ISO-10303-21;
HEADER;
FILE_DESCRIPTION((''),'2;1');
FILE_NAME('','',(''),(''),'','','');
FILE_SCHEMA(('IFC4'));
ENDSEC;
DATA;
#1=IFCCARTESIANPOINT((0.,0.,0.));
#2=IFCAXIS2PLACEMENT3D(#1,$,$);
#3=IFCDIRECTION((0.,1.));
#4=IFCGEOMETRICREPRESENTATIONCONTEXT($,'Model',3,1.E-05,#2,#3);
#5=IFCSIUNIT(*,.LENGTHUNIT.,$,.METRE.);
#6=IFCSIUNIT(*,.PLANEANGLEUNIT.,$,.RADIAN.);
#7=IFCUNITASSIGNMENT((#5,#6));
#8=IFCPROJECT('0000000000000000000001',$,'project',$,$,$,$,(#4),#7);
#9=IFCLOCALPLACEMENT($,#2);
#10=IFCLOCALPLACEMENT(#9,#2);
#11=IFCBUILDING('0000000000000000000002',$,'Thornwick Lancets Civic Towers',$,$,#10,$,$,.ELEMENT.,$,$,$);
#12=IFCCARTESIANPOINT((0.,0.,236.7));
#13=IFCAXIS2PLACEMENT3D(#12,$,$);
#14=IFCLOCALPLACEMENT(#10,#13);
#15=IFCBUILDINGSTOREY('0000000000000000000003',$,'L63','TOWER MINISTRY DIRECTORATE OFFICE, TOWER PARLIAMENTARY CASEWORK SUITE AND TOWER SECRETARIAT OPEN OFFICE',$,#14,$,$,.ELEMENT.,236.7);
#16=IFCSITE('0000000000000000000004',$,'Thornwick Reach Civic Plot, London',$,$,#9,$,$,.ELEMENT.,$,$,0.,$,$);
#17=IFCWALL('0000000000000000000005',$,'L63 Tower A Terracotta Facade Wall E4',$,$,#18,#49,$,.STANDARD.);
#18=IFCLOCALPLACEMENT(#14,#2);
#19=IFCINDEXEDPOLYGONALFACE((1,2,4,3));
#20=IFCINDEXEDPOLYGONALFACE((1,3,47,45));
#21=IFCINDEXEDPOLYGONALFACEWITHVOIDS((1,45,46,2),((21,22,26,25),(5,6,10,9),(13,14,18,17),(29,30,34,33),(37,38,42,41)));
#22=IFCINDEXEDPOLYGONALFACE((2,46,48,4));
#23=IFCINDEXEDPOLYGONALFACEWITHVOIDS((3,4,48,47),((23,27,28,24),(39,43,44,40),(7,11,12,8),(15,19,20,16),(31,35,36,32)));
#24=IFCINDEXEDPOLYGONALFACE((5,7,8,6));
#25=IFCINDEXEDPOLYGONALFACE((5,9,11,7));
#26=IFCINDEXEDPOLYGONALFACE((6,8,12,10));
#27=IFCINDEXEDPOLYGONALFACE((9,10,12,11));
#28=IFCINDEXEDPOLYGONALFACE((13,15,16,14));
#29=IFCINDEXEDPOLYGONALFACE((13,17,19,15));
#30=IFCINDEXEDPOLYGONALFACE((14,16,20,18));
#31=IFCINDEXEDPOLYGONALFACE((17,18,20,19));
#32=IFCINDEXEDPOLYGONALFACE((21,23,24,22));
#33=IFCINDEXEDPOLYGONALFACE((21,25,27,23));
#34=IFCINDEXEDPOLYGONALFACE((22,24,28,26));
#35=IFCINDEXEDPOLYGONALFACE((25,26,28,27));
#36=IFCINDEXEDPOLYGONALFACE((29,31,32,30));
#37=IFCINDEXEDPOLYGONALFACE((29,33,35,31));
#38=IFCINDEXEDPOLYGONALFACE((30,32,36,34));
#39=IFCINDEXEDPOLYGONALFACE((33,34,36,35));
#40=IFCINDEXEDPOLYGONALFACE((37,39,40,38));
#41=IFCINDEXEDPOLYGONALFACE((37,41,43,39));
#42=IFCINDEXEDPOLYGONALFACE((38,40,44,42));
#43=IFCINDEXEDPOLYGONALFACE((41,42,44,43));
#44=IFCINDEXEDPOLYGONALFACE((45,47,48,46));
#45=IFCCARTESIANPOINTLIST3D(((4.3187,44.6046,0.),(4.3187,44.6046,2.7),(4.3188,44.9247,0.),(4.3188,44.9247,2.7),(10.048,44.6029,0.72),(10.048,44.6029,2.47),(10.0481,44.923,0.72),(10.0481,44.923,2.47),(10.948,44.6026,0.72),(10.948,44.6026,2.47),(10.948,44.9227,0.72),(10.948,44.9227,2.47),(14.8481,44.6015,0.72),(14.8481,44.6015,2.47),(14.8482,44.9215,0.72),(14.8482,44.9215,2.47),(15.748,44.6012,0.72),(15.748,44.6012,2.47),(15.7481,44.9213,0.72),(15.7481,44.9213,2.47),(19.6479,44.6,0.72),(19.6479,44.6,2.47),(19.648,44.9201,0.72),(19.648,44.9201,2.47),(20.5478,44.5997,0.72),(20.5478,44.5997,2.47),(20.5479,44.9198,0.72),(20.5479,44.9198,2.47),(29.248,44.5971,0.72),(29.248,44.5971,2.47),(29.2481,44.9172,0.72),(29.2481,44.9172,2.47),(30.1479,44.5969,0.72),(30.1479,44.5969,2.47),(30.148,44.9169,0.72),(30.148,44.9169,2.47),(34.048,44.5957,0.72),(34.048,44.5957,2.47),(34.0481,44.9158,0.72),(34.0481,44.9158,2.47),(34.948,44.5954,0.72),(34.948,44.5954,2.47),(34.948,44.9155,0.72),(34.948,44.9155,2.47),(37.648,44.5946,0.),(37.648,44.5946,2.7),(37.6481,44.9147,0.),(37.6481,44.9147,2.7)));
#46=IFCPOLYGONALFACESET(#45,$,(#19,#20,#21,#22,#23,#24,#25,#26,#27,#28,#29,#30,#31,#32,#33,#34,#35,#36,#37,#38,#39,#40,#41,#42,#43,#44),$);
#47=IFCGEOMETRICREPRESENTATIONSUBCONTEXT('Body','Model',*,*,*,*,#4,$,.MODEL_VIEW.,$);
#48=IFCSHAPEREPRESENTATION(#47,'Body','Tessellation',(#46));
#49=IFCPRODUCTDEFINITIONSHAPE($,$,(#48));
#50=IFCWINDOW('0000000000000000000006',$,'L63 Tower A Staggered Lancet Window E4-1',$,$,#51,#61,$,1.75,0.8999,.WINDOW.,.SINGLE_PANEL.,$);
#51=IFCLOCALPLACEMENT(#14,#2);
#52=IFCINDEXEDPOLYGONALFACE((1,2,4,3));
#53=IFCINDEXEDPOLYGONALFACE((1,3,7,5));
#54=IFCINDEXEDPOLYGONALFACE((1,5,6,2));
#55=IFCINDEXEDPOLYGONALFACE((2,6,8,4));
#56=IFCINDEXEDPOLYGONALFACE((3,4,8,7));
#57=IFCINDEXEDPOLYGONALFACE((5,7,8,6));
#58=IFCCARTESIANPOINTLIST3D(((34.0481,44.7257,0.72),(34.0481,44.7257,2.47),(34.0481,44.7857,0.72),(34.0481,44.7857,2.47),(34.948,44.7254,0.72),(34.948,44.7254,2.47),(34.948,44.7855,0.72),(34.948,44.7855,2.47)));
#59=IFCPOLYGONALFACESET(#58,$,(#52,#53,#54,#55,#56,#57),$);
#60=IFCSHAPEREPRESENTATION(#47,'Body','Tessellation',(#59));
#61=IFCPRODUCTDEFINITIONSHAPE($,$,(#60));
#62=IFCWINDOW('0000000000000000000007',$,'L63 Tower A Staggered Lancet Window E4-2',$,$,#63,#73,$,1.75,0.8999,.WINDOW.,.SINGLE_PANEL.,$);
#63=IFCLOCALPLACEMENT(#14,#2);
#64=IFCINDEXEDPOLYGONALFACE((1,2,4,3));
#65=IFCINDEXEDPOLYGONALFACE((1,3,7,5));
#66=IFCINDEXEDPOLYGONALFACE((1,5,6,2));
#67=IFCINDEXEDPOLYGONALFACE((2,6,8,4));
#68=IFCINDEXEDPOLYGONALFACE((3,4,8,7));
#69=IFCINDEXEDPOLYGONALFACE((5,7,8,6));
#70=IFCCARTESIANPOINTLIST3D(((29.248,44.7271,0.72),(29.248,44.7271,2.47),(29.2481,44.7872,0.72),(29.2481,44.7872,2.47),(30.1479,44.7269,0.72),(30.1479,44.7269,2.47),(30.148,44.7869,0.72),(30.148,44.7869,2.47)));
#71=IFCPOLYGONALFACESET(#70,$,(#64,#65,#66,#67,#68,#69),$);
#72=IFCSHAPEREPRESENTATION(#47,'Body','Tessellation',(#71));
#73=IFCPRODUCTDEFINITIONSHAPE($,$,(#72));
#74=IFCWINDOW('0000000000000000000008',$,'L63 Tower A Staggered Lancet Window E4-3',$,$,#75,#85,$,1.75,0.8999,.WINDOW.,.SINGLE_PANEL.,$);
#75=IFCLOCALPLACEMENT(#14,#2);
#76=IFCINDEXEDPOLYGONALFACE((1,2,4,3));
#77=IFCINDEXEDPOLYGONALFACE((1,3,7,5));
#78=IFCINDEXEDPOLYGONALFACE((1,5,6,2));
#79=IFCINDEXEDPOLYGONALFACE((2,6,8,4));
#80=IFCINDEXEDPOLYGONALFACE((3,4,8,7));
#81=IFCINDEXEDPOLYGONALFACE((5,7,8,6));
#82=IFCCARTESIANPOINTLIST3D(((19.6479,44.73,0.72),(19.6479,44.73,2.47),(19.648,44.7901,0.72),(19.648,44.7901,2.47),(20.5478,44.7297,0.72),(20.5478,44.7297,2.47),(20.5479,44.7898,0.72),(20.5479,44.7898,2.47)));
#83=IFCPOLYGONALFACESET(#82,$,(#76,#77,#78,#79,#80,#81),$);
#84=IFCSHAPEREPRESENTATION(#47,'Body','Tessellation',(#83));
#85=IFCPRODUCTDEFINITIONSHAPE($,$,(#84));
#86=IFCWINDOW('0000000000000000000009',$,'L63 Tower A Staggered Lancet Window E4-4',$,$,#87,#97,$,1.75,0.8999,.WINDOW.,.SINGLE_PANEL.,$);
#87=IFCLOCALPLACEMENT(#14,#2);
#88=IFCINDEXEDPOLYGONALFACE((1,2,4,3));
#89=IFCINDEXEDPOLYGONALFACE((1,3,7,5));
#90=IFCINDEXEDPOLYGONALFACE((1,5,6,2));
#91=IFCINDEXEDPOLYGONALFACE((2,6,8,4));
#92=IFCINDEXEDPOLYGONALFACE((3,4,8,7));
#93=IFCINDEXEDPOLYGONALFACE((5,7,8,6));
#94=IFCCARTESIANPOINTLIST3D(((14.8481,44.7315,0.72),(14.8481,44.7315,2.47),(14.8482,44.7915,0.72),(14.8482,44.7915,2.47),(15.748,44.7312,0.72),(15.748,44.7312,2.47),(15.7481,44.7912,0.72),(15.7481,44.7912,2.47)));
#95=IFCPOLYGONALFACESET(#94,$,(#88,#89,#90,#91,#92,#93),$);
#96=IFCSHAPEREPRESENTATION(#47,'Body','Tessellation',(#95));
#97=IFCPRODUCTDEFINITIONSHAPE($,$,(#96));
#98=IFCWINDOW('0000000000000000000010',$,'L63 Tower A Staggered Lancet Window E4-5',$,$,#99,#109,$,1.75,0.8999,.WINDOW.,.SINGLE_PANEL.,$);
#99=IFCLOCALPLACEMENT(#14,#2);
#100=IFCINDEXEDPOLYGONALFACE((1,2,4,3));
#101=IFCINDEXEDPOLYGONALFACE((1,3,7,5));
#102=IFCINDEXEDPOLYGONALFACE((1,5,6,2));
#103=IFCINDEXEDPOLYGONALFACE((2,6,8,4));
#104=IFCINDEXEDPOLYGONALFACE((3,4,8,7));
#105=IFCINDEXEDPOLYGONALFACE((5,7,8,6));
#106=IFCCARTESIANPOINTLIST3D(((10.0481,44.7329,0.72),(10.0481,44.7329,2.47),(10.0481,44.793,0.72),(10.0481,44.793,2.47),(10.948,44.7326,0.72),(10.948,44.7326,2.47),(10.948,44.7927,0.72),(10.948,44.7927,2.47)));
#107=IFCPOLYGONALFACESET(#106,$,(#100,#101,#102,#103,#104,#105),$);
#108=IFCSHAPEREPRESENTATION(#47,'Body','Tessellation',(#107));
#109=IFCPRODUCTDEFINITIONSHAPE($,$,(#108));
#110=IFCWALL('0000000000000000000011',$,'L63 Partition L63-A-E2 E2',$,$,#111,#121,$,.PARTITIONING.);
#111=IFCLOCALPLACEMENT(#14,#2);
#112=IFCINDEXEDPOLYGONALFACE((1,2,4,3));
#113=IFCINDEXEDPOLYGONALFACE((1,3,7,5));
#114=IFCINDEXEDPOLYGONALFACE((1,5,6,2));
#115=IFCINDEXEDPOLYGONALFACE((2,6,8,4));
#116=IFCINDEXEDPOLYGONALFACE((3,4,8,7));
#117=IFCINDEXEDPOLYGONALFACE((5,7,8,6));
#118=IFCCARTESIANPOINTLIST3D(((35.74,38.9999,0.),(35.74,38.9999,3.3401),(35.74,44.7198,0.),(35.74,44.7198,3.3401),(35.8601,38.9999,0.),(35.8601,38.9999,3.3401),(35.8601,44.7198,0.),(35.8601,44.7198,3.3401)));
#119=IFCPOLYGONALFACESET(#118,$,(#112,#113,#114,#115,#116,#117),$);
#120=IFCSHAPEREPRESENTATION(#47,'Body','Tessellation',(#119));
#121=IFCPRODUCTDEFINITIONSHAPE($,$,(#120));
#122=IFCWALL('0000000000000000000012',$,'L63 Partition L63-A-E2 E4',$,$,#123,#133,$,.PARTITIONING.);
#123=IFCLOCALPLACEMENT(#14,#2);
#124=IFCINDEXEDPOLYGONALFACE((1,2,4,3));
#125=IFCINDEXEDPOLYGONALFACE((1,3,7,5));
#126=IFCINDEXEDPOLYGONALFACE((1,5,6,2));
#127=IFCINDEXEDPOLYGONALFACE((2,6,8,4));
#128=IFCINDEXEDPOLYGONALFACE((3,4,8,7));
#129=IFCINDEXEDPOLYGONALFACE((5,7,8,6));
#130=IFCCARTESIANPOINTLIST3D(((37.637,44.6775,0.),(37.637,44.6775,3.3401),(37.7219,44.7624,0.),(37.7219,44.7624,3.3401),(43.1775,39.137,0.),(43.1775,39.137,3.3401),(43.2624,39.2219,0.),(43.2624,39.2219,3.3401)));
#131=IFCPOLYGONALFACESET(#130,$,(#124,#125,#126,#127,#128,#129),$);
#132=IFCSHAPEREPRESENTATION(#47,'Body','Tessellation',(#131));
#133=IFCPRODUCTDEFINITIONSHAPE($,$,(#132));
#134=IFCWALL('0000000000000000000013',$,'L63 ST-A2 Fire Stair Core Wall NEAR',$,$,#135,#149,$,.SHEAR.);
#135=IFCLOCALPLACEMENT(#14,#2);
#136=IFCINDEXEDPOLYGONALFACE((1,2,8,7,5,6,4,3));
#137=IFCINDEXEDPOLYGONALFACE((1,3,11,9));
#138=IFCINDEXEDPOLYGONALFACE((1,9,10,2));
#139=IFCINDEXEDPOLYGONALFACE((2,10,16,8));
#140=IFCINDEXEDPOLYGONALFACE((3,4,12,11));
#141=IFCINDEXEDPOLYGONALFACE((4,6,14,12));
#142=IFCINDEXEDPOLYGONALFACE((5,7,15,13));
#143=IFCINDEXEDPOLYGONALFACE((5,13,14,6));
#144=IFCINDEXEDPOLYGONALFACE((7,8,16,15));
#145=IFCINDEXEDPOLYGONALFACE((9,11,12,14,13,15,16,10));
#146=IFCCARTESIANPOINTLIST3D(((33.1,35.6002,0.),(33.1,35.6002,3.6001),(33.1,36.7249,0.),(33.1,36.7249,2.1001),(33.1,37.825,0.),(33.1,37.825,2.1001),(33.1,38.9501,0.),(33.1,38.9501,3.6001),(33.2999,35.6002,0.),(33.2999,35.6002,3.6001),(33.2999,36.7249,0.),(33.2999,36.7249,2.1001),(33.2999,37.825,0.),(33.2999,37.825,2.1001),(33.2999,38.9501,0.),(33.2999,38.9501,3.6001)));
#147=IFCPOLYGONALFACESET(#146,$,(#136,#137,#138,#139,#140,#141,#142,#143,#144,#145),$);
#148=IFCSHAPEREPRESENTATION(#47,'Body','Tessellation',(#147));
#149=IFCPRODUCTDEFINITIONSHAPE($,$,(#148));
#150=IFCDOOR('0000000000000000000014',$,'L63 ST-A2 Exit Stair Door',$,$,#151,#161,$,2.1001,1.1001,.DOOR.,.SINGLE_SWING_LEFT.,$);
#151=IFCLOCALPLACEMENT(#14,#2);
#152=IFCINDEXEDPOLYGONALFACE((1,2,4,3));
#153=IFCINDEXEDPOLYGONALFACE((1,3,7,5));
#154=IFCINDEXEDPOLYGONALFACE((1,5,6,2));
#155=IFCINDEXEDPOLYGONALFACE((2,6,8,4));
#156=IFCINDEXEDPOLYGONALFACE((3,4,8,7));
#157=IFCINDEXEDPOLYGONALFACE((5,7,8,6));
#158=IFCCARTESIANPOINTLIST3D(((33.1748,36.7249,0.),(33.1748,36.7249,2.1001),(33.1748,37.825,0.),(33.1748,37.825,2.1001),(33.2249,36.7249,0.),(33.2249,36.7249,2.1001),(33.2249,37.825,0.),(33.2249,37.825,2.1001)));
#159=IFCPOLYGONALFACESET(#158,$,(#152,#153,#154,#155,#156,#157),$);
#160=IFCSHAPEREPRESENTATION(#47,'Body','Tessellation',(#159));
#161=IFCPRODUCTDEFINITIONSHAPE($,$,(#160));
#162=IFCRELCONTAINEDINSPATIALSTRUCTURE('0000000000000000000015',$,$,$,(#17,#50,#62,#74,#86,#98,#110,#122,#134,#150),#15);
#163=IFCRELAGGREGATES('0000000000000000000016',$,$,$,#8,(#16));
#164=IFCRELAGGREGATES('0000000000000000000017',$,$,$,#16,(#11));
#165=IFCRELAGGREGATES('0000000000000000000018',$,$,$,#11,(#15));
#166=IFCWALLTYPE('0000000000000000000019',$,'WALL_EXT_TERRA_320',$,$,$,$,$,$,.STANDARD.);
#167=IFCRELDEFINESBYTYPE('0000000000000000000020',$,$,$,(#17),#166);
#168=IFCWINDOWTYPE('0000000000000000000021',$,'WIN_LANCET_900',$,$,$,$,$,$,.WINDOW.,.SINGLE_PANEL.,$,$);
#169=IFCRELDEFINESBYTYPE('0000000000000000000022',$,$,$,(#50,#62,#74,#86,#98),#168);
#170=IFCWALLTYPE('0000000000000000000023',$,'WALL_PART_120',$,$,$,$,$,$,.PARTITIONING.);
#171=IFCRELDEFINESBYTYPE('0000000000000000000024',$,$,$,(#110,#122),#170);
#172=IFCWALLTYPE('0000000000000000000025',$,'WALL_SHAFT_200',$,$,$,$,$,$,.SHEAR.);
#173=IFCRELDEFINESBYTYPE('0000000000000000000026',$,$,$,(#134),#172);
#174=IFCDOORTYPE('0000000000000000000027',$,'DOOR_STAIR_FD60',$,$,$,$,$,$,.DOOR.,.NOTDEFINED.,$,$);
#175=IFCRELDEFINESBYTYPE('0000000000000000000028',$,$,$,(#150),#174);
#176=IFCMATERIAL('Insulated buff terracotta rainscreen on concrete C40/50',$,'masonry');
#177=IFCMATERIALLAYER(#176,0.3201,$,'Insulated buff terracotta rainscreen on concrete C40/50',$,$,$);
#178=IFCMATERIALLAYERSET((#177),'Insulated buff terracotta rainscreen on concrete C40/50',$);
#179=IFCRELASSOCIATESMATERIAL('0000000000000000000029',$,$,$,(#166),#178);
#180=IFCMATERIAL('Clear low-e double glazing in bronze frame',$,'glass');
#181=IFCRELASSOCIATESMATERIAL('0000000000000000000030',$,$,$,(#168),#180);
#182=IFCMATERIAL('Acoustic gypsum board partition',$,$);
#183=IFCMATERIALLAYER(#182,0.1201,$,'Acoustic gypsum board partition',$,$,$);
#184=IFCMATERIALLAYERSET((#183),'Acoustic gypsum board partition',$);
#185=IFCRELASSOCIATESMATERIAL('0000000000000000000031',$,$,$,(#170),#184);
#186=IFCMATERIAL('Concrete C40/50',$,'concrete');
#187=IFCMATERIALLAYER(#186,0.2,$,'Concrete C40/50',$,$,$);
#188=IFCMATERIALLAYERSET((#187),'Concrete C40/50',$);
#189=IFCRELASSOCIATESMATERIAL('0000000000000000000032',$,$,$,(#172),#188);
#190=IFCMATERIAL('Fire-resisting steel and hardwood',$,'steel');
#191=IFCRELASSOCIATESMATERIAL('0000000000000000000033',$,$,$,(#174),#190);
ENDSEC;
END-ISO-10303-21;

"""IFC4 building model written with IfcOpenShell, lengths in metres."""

from ifc_helpers import new_model, si_unit, direction, frame, frame_2d, origin, place, context, subcontext, project, spatial, rectangle, extrude, material, layer, layer_set, type_object, element, fill, save


model = new_model("IFC4")

# Units and contexts
model_context = context("Model", 3, precision=1e-05, world=origin(), true_north=direction((0.0, 1.0)))
body_context = subcontext(model_context, "Body", "Model", "MODEL_VIEW")
ifc_project = project(units=[si_unit("LENGTHUNIT", "METRE"), si_unit("PLANEANGLEUNIT", "RADIAN")], contexts=[model_context])

# Site, building, storey
site_placement = place(None, origin())
site = spatial("IfcSite", under=ifc_project, at=site_placement, Name="Thornwick Reach Civic Plot, London", CompositionType="ELEMENT", RefElevation=0.0)
building_placement = place(site_placement, origin())
building = spatial("IfcBuilding", under=site, at=building_placement, Name="Thornwick Lancets Civic Towers", CompositionType="ELEMENT")
storey_placement = place(building_placement, frame((0.0, 0.0, 236.7)))
storey = spatial("IfcBuildingStorey", under=building, at=storey_placement, Name="L63", Description="TOWER MINISTRY DIRECTORATE OFFICE, TOWER PARLIAMENTARY CASEWORK SUITE AND TOWER SECRETARIAT OPEN OFFICE", CompositionType="ELEMENT", Elevation=236.7)

# Shared definitions
ifc_material_1 = material(Name="Concrete C40/50", Category="concrete")

# Wall, openings, windows
ifc_material_2 = material(Name="Insulated buff terracotta rainscreen on concrete C40/50", Category="masonry")
ifc_layer_1 = layer(ifc_material_2, 0.3201, Name="Insulated buff terracotta rainscreen on concrete C40/50")
ifc_layer_set_1 = layer_set([ifc_layer_1], Name="Insulated buff terracotta rainscreen on concrete C40/50")
wall_type_1 = type_object("IfcWallType", Name="WALL_EXT_TERRA_320", PredefinedType="STANDARD", material=ifc_layer_set_1)
wall_1_placement = place(storey_placement, frame((37.6479, 44.7546, 0.0), z_axis=(0.0, 0.0, 1.0), x_axis=(-1.0, 0.0003, 0.0)))
wall_1 = element("IfcWall", 1, at=wall_1_placement, inside=storey, type_object=wall_type_1, Name="L63 Tower A Terracotta Facade Wall E4", PredefinedType="STANDARD", context=body_context, shape_type="SweptSolid", body=[
    extrude(rectangle(XDim=33.3293, YDim=0.3201, at=frame_2d((16.6646, 0.0))), origin(), (0.0, 0.0, 1.0), 2.7),
])
opening_1_placement = place(wall_1_placement, frame((2.7, 0.0, 0.72)))
opening_1 = element("IfcOpeningElement", 2, at=opening_1_placement, cuts=wall_1, PredefinedType="OPENING", context=body_context, shape_type="SweptSolid", body=[
    extrude(rectangle(XDim=0.8999, YDim=1.75, at=frame_2d((0.45, 0.875))), frame((0.0, 0.1699, 0.0), z_axis=(0.0, -1.0, 0.0), x_axis=(1.0, 0.0, 0.0)), (0.0, 0.0, 1.0), 0.3401),
])
opening_2_placement = place(wall_1_placement, frame((7.5, 0.0, 0.72)))
opening_2 = element("IfcOpeningElement", 3, at=opening_2_placement, cuts=wall_1, PredefinedType="OPENING", context=body_context, shape_type="SweptSolid", body=[
    extrude(rectangle(XDim=0.8999, YDim=1.75, at=frame_2d((0.45, 0.875))), frame((0.0, 0.1699, 0.0), z_axis=(0.0, -1.0, 0.0), x_axis=(1.0, 0.0, 0.0)), (0.0, 0.0, 1.0), 0.3401),
])
opening_3_placement = place(wall_1_placement, frame((17.1001, 0.0, 0.72)))
opening_3 = element("IfcOpeningElement", 4, at=opening_3_placement, cuts=wall_1, PredefinedType="OPENING", context=body_context, shape_type="SweptSolid", body=[
    extrude(rectangle(XDim=0.8999, YDim=1.75, at=frame_2d((0.45, 0.875))), frame((0.0, 0.1699, 0.0), z_axis=(0.0, -1.0, 0.0), x_axis=(1.0, 0.0, 0.0)), (0.0, 0.0, 1.0), 0.3401),
])
opening_4_placement = place(wall_1_placement, frame((21.8999, 0.0, 0.72)))
opening_4 = element("IfcOpeningElement", 5, at=opening_4_placement, cuts=wall_1, PredefinedType="OPENING", context=body_context, shape_type="SweptSolid", body=[
    extrude(rectangle(XDim=0.8999, YDim=1.75, at=frame_2d((0.45, 0.875))), frame((0.0, 0.1699, 0.0), z_axis=(0.0, -1.0, 0.0), x_axis=(1.0, 0.0, 0.0)), (0.0, 0.0, 1.0), 0.3401),
])
opening_5_placement = place(wall_1_placement, frame((26.7, 0.0, 0.72)))
opening_5 = element("IfcOpeningElement", 6, at=opening_5_placement, cuts=wall_1, PredefinedType="OPENING", context=body_context, shape_type="SweptSolid", body=[
    extrude(rectangle(XDim=0.8999, YDim=1.75, at=frame_2d((0.45, 0.875))), frame((0.0, 0.1699, 0.0), z_axis=(0.0, -1.0, 0.0), x_axis=(1.0, 0.0, 0.0)), (0.0, 0.0, 1.0), 0.3401),
])
ifc_material_3 = material(Name="Clear low-e double glazing in bronze frame", Category="glass")
window_type = type_object("IfcWindowType", Name="WIN_LANCET_900", PartitioningType="SINGLE_PANEL", PredefinedType="WINDOW", material=ifc_material_3)
window_1_placement = place(opening_1_placement, origin())
window_1 = element("IfcWindow", 7, at=window_1_placement, inside=storey, type_object=window_type, Name="L63 Tower A Staggered Lancet Window E4-1", OverallHeight=1.75, OverallWidth=0.8999, PartitioningType="SINGLE_PANEL", PredefinedType="WINDOW", context=body_context, shape_type="SweptSolid", body=[
    extrude(rectangle(XDim=0.8999, YDim=1.75, at=frame_2d((0.45, 0.875))), frame((0.0, 0.03, 0.0), z_axis=(0.0, -1.0, 0.0), x_axis=(1.0, 0.0, 0.0)), (0.0, 0.0, 1.0), 0.0601),
])
fill(opening_1, window_1)
window_2_placement = place(opening_2_placement, origin())
window_2 = element("IfcWindow", 8, at=window_2_placement, inside=storey, type_object=window_type, Name="L63 Tower A Staggered Lancet Window E4-2", OverallHeight=1.75, OverallWidth=0.8999, PartitioningType="SINGLE_PANEL", PredefinedType="WINDOW", context=body_context, shape_type="SweptSolid", body=[
    extrude(rectangle(XDim=0.8999, YDim=1.75, at=frame_2d((0.45, 0.875))), frame((0.0, 0.03, 0.0), z_axis=(0.0, -1.0, 0.0), x_axis=(1.0, 0.0, 0.0)), (0.0, 0.0, 1.0), 0.0601),
])
fill(opening_2, window_2)
window_3_placement = place(opening_3_placement, origin())
window_3 = element("IfcWindow", 9, at=window_3_placement, inside=storey, type_object=window_type, Name="L63 Tower A Staggered Lancet Window E4-3", OverallHeight=1.75, OverallWidth=0.8999, PartitioningType="SINGLE_PANEL", PredefinedType="WINDOW", context=body_context, shape_type="SweptSolid", body=[
    extrude(rectangle(XDim=0.8999, YDim=1.75, at=frame_2d((0.45, 0.875))), frame((0.0, 0.03, 0.0), z_axis=(0.0, -1.0, 0.0), x_axis=(1.0, 0.0, 0.0)), (0.0, 0.0, 1.0), 0.0601),
])
fill(opening_3, window_3)
window_4_placement = place(opening_4_placement, origin())
window_4 = element("IfcWindow", 10, at=window_4_placement, inside=storey, type_object=window_type, Name="L63 Tower A Staggered Lancet Window E4-4", OverallHeight=1.75, OverallWidth=0.8999, PartitioningType="SINGLE_PANEL", PredefinedType="WINDOW", context=body_context, shape_type="SweptSolid", body=[
    extrude(rectangle(XDim=0.8999, YDim=1.75, at=frame_2d((0.45, 0.875))), frame((0.0, 0.03, 0.0), z_axis=(0.0, -1.0, 0.0), x_axis=(1.0, 0.0, 0.0)), (0.0, 0.0, 1.0), 0.0601),
])
fill(opening_4, window_4)
window_5_placement = place(opening_5_placement, origin())
window_5 = element("IfcWindow", 11, at=window_5_placement, inside=storey, type_object=window_type, Name="L63 Tower A Staggered Lancet Window E4-5", OverallHeight=1.75, OverallWidth=0.8999, PartitioningType="SINGLE_PANEL", PredefinedType="WINDOW", context=body_context, shape_type="SweptSolid", body=[
    extrude(rectangle(XDim=0.8999, YDim=1.75, at=frame_2d((0.45, 0.875))), frame((0.0, 0.03, 0.0), z_axis=(0.0, -1.0, 0.0), x_axis=(1.0, 0.0, 0.0)), (0.0, 0.0, 1.0), 0.0601),
])
fill(opening_5, window_5)

# Walls
ifc_material_4 = material(Name="Acoustic gypsum board partition")
ifc_layer_2 = layer(ifc_material_4, 0.1201, Name="Acoustic gypsum board partition")
ifc_layer_set_2 = layer_set([ifc_layer_2], Name="Acoustic gypsum board partition")
wall_type_2 = type_object("IfcWallType", Name="WALL_PART_120", PredefinedType="PARTITIONING", material=ifc_layer_set_2)
wall_2_placement = place(storey_placement, frame((35.8, 39.0, 0.0), z_axis=(0.0, 0.0, 1.0), x_axis=(0.0, 1.0, 0.0)))
element("IfcWall", 12, at=wall_2_placement, inside=storey, type_object=wall_type_2, Name="L63 Partition L63-A-E2 E2", PredefinedType="PARTITIONING", context=body_context, shape_type="SweptSolid", body=[
    extrude(rectangle(XDim=5.72, YDim=0.1201, at=frame_2d((2.8599, 0.0))), origin(), (0.0, 0.0, 1.0), 3.3401),
])
wall_3_placement = place(storey_placement, frame((37.6794, 44.72, 0.0), z_axis=(0.0, 0.0, 1.0), x_axis=(0.707107, -0.707107, 0.0)))
element("IfcWall", 13, at=wall_3_placement, inside=storey, type_object=wall_type_2, Name="L63 Partition L63-A-E2 E4", PredefinedType="PARTITIONING", context=body_context, shape_type="SweptSolid", body=[
    extrude(rectangle(XDim=7.8354, YDim=0.1201, at=frame_2d((3.9177, 0.0))), origin(), (0.0, 0.0, 1.0), 3.3401),
])

# Wall, opening, door
ifc_layer_3 = layer(ifc_material_1, 0.2, Name="Concrete C40/50")
ifc_layer_set_3 = layer_set([ifc_layer_3], Name="Concrete C40/50")
wall_type_3 = type_object("IfcWallType", Name="WALL_SHAFT_200", PredefinedType="SHEAR", material=ifc_layer_set_3)
wall_4_placement = place(storey_placement, frame((33.2, 38.95, 0.0), z_axis=(0.0, 0.0, 1.0), x_axis=(0.0, -1.0, 0.0)))
wall_4 = element("IfcWall", 14, at=wall_4_placement, inside=storey, type_object=wall_type_3, Name="L63 ST-A2 Fire Stair Core Wall NEAR", PredefinedType="SHEAR", context=body_context, shape_type="SweptSolid", body=[
    extrude(rectangle(XDim=3.3499, YDim=0.2, at=frame_2d((1.6748, 0.0))), origin(), (0.0, 0.0, 1.0), 3.6001),
])
opening_6_placement = place(wall_4_placement, frame((1.125, 0.0, 0.0)))
opening_6 = element("IfcOpeningElement", 15, at=opening_6_placement, cuts=wall_4, PredefinedType="OPENING", context=body_context, shape_type="SweptSolid", body=[
    extrude(rectangle(XDim=1.1001, YDim=2.1001, at=frame_2d((0.55, 1.05))), frame((0.0, 0.1099, 0.0), z_axis=(0.0, -1.0, 0.0), x_axis=(1.0, 0.0, 0.0)), (0.0, 0.0, 1.0), 0.22),
])
ifc_material_5 = material(Name="Fire-resisting steel and hardwood", Category="steel")
door_type = type_object("IfcDoorType", Name="DOOR_STAIR_FD60", OperationType="NOTDEFINED", PredefinedType="DOOR", material=ifc_material_5)
door_placement = place(opening_6_placement, origin())
door = element("IfcDoor", 16, at=door_placement, inside=storey, type_object=door_type, Name="L63 ST-A2 Exit Stair Door", OperationType="SINGLE_SWING_LEFT", OverallHeight=2.1001, OverallWidth=1.1001, PredefinedType="DOOR", context=body_context, shape_type="SweptSolid", body=[
    extrude(rectangle(XDim=1.1001, YDim=2.1001, at=frame_2d((0.55, 1.05))), frame((0.0, 0.0249, 0.0), z_axis=(0.0, -1.0, 0.0), x_axis=(1.0, 0.0, 0.0)), (0.0, 0.0, 1.0), 0.05),
])
fill(opening_6, door)

save(model, "model.ifc")
